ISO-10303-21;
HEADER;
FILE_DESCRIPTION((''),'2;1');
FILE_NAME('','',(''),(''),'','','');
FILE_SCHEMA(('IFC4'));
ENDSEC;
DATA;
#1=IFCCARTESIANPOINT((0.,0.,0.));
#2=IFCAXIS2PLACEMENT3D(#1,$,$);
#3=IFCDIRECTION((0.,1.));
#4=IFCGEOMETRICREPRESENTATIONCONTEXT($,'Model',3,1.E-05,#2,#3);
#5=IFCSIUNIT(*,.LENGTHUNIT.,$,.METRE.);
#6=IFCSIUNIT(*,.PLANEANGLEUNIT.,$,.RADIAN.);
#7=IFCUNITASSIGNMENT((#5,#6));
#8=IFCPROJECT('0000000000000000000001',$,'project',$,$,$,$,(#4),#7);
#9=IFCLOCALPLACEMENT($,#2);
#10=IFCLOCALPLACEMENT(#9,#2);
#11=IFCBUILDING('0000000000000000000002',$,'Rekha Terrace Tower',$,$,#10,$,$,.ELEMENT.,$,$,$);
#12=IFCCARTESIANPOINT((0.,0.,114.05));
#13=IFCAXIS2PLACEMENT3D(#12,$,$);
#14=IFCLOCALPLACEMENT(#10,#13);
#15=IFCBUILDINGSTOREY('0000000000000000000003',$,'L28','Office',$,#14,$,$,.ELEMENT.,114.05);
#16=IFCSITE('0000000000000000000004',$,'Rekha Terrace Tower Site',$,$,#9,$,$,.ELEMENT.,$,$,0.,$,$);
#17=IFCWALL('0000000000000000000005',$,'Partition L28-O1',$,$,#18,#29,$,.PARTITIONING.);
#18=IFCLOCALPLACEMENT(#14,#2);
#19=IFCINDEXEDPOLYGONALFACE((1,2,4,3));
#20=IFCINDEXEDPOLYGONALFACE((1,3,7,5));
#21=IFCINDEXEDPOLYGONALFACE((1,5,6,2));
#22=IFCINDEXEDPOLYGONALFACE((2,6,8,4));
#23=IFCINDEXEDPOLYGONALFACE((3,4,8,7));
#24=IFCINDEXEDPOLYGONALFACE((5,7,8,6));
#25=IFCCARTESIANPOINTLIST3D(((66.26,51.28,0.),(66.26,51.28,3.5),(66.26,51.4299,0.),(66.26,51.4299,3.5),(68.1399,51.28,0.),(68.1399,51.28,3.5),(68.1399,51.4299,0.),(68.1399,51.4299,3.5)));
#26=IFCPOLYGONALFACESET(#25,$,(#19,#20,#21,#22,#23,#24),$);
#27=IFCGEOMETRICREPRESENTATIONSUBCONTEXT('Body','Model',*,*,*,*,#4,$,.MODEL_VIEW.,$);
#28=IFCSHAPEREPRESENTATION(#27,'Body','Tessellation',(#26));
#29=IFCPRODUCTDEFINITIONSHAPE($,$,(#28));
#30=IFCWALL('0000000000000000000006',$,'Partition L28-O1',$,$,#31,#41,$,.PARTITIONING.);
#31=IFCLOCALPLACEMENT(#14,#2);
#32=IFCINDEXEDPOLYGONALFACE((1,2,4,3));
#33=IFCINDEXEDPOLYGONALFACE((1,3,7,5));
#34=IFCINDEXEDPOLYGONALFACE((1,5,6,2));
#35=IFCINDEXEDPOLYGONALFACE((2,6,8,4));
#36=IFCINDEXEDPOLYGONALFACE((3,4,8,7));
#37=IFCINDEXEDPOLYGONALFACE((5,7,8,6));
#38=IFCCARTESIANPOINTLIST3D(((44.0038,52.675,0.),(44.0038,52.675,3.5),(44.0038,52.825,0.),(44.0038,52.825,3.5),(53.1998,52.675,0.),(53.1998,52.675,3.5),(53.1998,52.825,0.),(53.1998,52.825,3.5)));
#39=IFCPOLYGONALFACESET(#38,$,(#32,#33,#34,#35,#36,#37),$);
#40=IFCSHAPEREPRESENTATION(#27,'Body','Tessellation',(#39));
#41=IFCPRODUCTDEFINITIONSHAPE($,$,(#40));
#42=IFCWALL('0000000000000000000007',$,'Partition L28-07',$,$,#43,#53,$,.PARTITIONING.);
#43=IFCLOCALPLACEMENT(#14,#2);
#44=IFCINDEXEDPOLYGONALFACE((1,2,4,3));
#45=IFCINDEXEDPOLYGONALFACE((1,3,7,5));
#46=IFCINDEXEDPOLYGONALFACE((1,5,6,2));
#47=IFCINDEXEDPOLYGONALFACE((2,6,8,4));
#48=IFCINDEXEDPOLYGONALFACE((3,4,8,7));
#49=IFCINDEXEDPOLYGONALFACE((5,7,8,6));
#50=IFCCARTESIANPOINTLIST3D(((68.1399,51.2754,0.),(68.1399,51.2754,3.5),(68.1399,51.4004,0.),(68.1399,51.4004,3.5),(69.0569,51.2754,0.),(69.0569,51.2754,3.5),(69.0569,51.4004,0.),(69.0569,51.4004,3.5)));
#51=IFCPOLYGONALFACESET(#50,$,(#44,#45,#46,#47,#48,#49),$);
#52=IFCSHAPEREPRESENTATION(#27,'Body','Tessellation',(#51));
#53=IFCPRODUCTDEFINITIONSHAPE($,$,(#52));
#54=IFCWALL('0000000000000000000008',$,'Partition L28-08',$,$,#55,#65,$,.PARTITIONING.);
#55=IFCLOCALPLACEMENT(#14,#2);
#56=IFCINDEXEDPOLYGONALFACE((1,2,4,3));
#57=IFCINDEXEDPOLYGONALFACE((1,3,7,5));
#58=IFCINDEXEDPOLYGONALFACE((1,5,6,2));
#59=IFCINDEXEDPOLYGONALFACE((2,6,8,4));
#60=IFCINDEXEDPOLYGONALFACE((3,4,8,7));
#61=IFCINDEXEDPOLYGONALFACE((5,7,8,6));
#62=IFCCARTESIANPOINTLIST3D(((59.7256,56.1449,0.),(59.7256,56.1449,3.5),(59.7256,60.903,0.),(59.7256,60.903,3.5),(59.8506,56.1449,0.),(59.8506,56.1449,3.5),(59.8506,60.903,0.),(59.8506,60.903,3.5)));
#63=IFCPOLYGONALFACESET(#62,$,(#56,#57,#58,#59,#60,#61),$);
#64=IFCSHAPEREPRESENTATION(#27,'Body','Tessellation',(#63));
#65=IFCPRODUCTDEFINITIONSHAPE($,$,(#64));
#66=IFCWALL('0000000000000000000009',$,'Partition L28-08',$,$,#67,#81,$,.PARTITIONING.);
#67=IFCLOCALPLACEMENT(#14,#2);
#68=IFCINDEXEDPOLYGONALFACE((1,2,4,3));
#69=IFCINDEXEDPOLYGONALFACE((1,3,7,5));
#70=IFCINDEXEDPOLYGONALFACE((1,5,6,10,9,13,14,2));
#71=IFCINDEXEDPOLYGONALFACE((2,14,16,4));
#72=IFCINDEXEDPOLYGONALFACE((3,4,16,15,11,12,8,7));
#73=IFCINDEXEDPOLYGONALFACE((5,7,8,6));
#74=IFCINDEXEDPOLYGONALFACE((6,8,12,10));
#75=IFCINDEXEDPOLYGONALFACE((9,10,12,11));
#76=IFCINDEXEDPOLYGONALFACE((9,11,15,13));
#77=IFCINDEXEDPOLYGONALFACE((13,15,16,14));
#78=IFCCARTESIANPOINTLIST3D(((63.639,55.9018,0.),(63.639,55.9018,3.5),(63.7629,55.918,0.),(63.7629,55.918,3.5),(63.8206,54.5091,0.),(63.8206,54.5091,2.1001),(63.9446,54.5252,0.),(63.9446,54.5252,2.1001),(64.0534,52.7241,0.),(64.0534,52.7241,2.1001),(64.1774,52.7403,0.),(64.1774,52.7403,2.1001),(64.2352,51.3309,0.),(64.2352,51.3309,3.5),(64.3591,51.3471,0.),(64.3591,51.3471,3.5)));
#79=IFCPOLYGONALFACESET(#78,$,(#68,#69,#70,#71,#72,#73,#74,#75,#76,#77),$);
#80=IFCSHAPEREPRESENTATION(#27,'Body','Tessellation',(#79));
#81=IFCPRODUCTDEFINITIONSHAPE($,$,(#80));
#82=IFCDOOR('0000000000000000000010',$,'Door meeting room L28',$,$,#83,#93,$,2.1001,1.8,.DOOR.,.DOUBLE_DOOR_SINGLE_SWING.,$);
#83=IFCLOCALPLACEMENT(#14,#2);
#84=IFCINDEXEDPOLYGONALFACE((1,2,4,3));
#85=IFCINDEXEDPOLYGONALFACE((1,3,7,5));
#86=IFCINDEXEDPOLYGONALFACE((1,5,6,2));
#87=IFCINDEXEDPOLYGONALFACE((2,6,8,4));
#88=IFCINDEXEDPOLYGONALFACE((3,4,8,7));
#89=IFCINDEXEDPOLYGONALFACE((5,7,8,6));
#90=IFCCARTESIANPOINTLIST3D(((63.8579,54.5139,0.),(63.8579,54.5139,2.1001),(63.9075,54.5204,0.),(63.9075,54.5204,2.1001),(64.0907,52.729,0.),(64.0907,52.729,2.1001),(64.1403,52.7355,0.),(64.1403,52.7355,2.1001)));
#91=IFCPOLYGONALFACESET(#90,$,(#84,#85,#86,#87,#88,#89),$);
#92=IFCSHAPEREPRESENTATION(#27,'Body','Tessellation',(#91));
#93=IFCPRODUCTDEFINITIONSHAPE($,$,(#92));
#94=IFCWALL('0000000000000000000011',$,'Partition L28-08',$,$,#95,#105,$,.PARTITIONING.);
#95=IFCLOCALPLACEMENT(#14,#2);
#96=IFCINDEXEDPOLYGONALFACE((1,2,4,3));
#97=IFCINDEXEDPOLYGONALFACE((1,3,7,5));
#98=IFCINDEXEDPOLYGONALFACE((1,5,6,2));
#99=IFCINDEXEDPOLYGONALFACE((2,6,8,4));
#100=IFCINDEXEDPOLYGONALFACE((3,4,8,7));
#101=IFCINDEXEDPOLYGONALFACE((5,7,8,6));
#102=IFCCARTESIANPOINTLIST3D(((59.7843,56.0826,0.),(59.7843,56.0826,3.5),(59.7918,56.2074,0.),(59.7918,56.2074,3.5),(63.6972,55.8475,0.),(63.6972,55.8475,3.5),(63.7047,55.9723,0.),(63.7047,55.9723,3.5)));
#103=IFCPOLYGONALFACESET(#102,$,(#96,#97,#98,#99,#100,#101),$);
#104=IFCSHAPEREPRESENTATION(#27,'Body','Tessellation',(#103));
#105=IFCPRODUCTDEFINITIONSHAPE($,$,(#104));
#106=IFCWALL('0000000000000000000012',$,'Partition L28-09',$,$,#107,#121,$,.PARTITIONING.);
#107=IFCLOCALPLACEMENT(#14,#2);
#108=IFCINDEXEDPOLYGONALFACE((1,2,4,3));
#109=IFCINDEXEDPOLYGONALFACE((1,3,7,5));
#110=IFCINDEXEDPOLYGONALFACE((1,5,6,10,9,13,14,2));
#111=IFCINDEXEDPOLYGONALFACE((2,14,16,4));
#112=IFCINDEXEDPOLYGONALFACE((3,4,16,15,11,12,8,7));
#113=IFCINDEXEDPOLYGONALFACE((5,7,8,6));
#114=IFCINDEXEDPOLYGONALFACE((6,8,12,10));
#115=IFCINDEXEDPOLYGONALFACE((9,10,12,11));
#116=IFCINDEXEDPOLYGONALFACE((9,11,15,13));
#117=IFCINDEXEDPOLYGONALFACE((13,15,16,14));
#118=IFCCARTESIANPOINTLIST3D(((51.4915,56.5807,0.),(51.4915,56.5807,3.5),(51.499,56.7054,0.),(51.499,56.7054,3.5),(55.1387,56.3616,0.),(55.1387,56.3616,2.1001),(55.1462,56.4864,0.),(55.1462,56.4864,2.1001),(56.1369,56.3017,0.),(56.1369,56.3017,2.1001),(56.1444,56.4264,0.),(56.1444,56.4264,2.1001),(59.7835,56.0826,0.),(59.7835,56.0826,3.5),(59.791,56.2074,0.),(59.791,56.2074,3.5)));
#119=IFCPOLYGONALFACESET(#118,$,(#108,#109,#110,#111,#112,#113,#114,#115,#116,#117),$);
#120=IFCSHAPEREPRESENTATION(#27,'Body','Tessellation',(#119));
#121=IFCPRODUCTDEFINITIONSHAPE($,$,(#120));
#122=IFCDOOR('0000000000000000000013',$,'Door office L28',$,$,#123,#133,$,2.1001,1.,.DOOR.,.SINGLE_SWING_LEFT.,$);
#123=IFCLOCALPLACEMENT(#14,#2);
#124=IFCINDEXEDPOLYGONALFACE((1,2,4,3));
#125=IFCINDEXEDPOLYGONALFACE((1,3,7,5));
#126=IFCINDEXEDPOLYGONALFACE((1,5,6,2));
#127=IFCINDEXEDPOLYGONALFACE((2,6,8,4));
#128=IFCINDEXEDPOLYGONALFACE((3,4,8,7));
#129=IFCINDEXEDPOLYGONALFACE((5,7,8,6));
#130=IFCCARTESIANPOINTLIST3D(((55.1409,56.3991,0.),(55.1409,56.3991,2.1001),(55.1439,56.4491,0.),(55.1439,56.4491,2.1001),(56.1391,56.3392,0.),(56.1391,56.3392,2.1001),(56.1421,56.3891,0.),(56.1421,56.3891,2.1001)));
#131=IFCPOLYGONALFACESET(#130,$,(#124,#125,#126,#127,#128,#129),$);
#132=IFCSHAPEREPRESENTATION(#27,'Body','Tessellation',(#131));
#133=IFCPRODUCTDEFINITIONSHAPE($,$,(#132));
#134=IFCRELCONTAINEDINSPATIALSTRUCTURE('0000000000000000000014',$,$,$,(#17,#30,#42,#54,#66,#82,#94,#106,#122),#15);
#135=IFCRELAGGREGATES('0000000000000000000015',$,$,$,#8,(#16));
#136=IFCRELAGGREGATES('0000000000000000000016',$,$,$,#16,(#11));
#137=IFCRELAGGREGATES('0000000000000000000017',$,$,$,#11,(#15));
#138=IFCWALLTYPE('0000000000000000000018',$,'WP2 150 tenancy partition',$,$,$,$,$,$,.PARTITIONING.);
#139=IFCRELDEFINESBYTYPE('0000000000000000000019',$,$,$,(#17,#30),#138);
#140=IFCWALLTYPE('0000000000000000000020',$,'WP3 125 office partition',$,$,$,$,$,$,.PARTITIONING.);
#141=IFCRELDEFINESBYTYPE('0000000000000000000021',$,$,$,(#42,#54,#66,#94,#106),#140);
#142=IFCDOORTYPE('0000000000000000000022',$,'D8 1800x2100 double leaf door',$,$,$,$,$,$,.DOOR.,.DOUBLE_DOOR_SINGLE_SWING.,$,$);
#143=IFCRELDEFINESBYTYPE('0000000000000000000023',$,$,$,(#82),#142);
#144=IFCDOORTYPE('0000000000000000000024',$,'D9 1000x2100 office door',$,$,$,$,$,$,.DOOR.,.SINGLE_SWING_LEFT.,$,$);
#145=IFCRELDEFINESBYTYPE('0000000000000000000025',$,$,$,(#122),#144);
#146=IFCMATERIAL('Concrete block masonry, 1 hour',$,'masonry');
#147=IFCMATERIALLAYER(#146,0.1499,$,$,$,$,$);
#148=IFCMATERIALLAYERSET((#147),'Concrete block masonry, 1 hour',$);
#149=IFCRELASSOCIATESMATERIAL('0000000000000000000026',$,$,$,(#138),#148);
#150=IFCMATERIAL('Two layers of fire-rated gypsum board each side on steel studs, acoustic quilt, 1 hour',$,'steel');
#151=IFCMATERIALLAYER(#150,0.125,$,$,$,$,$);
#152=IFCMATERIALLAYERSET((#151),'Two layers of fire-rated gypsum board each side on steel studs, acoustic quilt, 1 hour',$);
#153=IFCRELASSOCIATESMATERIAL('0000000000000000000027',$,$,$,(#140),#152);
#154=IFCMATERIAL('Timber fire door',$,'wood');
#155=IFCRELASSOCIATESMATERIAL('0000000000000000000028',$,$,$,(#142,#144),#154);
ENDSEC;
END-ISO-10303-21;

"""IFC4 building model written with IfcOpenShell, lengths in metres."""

from ifc_helpers import new_model, si_unit, direction, frame, frame_2d, origin, place, context, subcontext, project, spatial, rectangle, extrude, material, layer, layer_set, type_object, element, fill, save


model = new_model("IFC4")

# Units and contexts
model_context = context("Model", 3, precision=1e-05, world=origin(), true_north=direction((0.0, 1.0)))
body_context = subcontext(model_context, "Body", "Model", "MODEL_VIEW")
ifc_project = project(units=[si_unit("LENGTHUNIT", "METRE"), si_unit("PLANEANGLEUNIT", "RADIAN")], contexts=[model_context])

# Site, building, storey
site_placement = place(None, origin())
site = spatial("IfcSite", under=ifc_project, at=site_placement, Name="Rekha Terrace Tower Site", CompositionType="ELEMENT", RefElevation=0.0)
building_placement = place(site_placement, origin())
building = spatial("IfcBuilding", under=site, at=building_placement, Name="Rekha Terrace Tower", CompositionType="ELEMENT")
storey_placement = place(building_placement, frame((0.0, 0.0, 114.05)))
storey = spatial("IfcBuildingStorey", under=building, at=storey_placement, Name="L28", Description="Office", CompositionType="ELEMENT", Elevation=114.05)

# Walls
ifc_material_1 = material(Name="Concrete block masonry, 1 hour", Category="masonry")
ifc_layer_1 = layer(ifc_material_1, 0.1499)
ifc_layer_set_1 = layer_set([ifc_layer_1], Name="Concrete block masonry, 1 hour")
wall_type_1 = type_object("IfcWallType", Name="WP2 150 tenancy partition", PredefinedType="PARTITIONING", material=ifc_layer_set_1)
wall_1_placement = place(storey_placement, frame((68.1399, 51.355, 0.0), z_axis=(0.0, 0.0, 1.0), x_axis=(-1.0, 0.0, 0.0)))
element("IfcWall", 1, at=wall_1_placement, inside=storey, type_object=wall_type_1, Name="Partition L28-O1", PredefinedType="PARTITIONING", context=body_context, shape_type="SweptSolid", body=[
    extrude(rectangle(XDim=1.8799, YDim=0.1499, at=frame_2d((0.9399, 0.0))), origin(), (0.0, 0.0, 1.0), 3.5),
])
wall_2_placement = place(storey_placement, frame((53.2, 52.75, 0.0), z_axis=(0.0, 0.0, 1.0), x_axis=(-1.0, 0.0, 0.0)))
element("IfcWall", 2, at=wall_2_placement, inside=storey, type_object=wall_type_1, Name="Partition L28-O1", PredefinedType="PARTITIONING", context=body_context, shape_type="SweptSolid", body=[
    extrude(rectangle(XDim=9.196, YDim=0.1499, at=frame_2d((4.5981, 0.0))), origin(), (0.0, 0.0, 1.0), 3.5),
])
ifc_material_2 = material(Name="Two layers of fire-rated gypsum board each side on steel studs, acoustic quilt, 1 hour", Category="steel")
ifc_layer_2 = layer(ifc_material_2, 0.125)
ifc_layer_set_2 = layer_set([ifc_layer_2], Name="Two layers of fire-rated gypsum board each side on steel studs, acoustic quilt, 1 hour")
wall_type_2 = type_object("IfcWallType", Name="WP3 125 office partition", PredefinedType="PARTITIONING", material=ifc_layer_set_2)
wall_3_placement = place(storey_placement, frame((68.1399, 51.3379, 0.0), z_axis=(0.0, 0.0, 1.0), x_axis=(1.0, 0.0, 0.0)))
element("IfcWall", 3, at=wall_3_placement, inside=storey, type_object=wall_type_2, Name="Partition L28-07", PredefinedType="PARTITIONING", context=body_context, shape_type="SweptSolid", body=[
    extrude(rectangle(XDim=0.917, YDim=0.125, at=frame_2d((0.4585, 0.0))), origin(), (0.0, 0.0, 1.0), 3.5),
])
wall_4_placement = place(storey_placement, frame((59.7881, 56.145, 0.0), z_axis=(0.0, 0.0, 1.0), x_axis=(0.0, 1.0, 0.0)))
element("IfcWall", 4, at=wall_4_placement, inside=storey, type_object=wall_type_2, Name="Partition L28-08", PredefinedType="PARTITIONING", context=body_context, shape_type="SweptSolid", body=[
    extrude(rectangle(XDim=4.7581, YDim=0.125, at=frame_2d((2.3789, 0.0))), origin(), (0.0, 0.0, 1.0), 3.5),
])

# Wall, opening, door
wall_5_placement = place(storey_placement, frame((64.2971, 51.3391, 0.0), z_axis=(0.0, 0.0, 1.0), x_axis=(-0.129339, 0.9916, 0.0)))
wall_5 = element("IfcWall", 5, at=wall_5_placement, inside=storey, type_object=wall_type_2, Name="Partition L28-08", PredefinedType="PARTITIONING", context=body_context, shape_type="SweptSolid", body=[
    extrude(rectangle(XDim=4.6096, YDim=0.125, at=frame_2d((2.3047, 0.0))), origin(), (0.0, 0.0, 1.0), 3.5),
])
opening_1_placement = place(wall_5_placement, frame((1.405, 0.0, 0.0)))
opening_1 = element("IfcOpeningElement", 6, at=opening_1_placement, cuts=wall_5, PredefinedType="OPENING", context=body_context, shape_type="SweptSolid", body=[
    extrude(rectangle(XDim=1.8, YDim=2.1001, at=frame_2d((0.8999, 1.05))), frame((0.0, 0.0725, 0.0), z_axis=(0.0, -1.0, 0.0), x_axis=(1.0, 0.0, 0.0)), (0.0, 0.0, 1.0), 0.145),
])
ifc_material_3 = material(Name="Timber fire door", Category="wood")
door_type_1 = type_object("IfcDoorType", Name="D8 1800x2100 double leaf door", OperationType="DOUBLE_DOOR_SINGLE_SWING", PredefinedType="DOOR", material=ifc_material_3)
door_1_placement = place(opening_1_placement, origin())
door_1 = element("IfcDoor", 7, at=door_1_placement, inside=storey, type_object=door_type_1, Name="Door meeting room L28", OperationType="DOUBLE_DOOR_SINGLE_SWING", OverallHeight=2.1001, OverallWidth=1.8, PredefinedType="DOOR", context=body_context, shape_type="SweptSolid", body=[
    extrude(rectangle(XDim=1.8, YDim=2.1001, at=frame_2d((0.8999, 1.05))), frame((0.0, 0.0249, 0.0), z_axis=(0.0, -1.0, 0.0), x_axis=(1.0, 0.0, 0.0)), (0.0, 0.0, 1.0), 0.05),
])
fill(opening_1, door_1)

# Wall
wall_6_placement = place(storey_placement, frame((63.7009, 55.9099, 0.0), z_axis=(0.0, 0.0, 1.0), x_axis=(-0.9982, 0.059978, 0.0)))
element("IfcWall", 8, at=wall_6_placement, inside=storey, type_object=wall_type_2, Name="Partition L28-08", PredefinedType="PARTITIONING", context=body_context, shape_type="SweptSolid", body=[
    extrude(rectangle(XDim=3.9199, YDim=0.125, at=frame_2d((1.96, 0.0))), origin(), (0.0, 0.0, 1.0), 3.5),
])

# Wall, opening, door
wall_7_placement = place(storey_placement, frame((59.7871, 56.145, 0.0), z_axis=(0.0, 0.0, 1.0), x_axis=(-0.998201, 0.059956, 0.0)))
wall_7 = element("IfcWall", 9, at=wall_7_placement, inside=storey, type_object=wall_type_2, Name="Partition L28-09", PredefinedType="PARTITIONING", context=body_context, shape_type="SweptSolid", body=[
    extrude(rectangle(XDim=8.3069, YDim=0.125, at=frame_2d((4.1533, 0.0))), origin(), (0.0, 0.0, 1.0), 3.5),
])
opening_2_placement = place(wall_7_placement, frame((3.6531, 0.0, 0.0)))
opening_2 = element("IfcOpeningElement", 10, at=opening_2_placement, cuts=wall_7, PredefinedType="OPENING", context=body_context, shape_type="SweptSolid", body=[
    extrude(rectangle(XDim=1.0, YDim=2.1001, at=frame_2d((0.5, 1.05))), frame((0.0, 0.0725, 0.0), z_axis=(0.0, -1.0, 0.0), x_axis=(1.0, 0.0, 0.0)), (0.0, 0.0, 1.0), 0.145),
])
door_type_2 = type_object("IfcDoorType", Name="D9 1000x2100 office door", OperationType="SINGLE_SWING_LEFT", PredefinedType="DOOR", material=ifc_material_3)
door_2_placement = place(opening_2_placement, origin())
door_2 = element("IfcDoor", 11, at=door_2_placement, inside=storey, type_object=door_type_2, Name="Door office L28", OperationType="SINGLE_SWING_LEFT", OverallHeight=2.1001, OverallWidth=1.0, PredefinedType="DOOR", context=body_context, shape_type="SweptSolid", body=[
    extrude(rectangle(XDim=1.0, YDim=2.1001, at=frame_2d((0.5, 1.05))), frame((0.0, 0.0249, 0.0), z_axis=(0.0, -1.0, 0.0), x_axis=(1.0, 0.0, 0.0)), (0.0, 0.0, 1.0), 0.05),
])
fill(opening_2, door_2)

save(model, "model.ifc")
